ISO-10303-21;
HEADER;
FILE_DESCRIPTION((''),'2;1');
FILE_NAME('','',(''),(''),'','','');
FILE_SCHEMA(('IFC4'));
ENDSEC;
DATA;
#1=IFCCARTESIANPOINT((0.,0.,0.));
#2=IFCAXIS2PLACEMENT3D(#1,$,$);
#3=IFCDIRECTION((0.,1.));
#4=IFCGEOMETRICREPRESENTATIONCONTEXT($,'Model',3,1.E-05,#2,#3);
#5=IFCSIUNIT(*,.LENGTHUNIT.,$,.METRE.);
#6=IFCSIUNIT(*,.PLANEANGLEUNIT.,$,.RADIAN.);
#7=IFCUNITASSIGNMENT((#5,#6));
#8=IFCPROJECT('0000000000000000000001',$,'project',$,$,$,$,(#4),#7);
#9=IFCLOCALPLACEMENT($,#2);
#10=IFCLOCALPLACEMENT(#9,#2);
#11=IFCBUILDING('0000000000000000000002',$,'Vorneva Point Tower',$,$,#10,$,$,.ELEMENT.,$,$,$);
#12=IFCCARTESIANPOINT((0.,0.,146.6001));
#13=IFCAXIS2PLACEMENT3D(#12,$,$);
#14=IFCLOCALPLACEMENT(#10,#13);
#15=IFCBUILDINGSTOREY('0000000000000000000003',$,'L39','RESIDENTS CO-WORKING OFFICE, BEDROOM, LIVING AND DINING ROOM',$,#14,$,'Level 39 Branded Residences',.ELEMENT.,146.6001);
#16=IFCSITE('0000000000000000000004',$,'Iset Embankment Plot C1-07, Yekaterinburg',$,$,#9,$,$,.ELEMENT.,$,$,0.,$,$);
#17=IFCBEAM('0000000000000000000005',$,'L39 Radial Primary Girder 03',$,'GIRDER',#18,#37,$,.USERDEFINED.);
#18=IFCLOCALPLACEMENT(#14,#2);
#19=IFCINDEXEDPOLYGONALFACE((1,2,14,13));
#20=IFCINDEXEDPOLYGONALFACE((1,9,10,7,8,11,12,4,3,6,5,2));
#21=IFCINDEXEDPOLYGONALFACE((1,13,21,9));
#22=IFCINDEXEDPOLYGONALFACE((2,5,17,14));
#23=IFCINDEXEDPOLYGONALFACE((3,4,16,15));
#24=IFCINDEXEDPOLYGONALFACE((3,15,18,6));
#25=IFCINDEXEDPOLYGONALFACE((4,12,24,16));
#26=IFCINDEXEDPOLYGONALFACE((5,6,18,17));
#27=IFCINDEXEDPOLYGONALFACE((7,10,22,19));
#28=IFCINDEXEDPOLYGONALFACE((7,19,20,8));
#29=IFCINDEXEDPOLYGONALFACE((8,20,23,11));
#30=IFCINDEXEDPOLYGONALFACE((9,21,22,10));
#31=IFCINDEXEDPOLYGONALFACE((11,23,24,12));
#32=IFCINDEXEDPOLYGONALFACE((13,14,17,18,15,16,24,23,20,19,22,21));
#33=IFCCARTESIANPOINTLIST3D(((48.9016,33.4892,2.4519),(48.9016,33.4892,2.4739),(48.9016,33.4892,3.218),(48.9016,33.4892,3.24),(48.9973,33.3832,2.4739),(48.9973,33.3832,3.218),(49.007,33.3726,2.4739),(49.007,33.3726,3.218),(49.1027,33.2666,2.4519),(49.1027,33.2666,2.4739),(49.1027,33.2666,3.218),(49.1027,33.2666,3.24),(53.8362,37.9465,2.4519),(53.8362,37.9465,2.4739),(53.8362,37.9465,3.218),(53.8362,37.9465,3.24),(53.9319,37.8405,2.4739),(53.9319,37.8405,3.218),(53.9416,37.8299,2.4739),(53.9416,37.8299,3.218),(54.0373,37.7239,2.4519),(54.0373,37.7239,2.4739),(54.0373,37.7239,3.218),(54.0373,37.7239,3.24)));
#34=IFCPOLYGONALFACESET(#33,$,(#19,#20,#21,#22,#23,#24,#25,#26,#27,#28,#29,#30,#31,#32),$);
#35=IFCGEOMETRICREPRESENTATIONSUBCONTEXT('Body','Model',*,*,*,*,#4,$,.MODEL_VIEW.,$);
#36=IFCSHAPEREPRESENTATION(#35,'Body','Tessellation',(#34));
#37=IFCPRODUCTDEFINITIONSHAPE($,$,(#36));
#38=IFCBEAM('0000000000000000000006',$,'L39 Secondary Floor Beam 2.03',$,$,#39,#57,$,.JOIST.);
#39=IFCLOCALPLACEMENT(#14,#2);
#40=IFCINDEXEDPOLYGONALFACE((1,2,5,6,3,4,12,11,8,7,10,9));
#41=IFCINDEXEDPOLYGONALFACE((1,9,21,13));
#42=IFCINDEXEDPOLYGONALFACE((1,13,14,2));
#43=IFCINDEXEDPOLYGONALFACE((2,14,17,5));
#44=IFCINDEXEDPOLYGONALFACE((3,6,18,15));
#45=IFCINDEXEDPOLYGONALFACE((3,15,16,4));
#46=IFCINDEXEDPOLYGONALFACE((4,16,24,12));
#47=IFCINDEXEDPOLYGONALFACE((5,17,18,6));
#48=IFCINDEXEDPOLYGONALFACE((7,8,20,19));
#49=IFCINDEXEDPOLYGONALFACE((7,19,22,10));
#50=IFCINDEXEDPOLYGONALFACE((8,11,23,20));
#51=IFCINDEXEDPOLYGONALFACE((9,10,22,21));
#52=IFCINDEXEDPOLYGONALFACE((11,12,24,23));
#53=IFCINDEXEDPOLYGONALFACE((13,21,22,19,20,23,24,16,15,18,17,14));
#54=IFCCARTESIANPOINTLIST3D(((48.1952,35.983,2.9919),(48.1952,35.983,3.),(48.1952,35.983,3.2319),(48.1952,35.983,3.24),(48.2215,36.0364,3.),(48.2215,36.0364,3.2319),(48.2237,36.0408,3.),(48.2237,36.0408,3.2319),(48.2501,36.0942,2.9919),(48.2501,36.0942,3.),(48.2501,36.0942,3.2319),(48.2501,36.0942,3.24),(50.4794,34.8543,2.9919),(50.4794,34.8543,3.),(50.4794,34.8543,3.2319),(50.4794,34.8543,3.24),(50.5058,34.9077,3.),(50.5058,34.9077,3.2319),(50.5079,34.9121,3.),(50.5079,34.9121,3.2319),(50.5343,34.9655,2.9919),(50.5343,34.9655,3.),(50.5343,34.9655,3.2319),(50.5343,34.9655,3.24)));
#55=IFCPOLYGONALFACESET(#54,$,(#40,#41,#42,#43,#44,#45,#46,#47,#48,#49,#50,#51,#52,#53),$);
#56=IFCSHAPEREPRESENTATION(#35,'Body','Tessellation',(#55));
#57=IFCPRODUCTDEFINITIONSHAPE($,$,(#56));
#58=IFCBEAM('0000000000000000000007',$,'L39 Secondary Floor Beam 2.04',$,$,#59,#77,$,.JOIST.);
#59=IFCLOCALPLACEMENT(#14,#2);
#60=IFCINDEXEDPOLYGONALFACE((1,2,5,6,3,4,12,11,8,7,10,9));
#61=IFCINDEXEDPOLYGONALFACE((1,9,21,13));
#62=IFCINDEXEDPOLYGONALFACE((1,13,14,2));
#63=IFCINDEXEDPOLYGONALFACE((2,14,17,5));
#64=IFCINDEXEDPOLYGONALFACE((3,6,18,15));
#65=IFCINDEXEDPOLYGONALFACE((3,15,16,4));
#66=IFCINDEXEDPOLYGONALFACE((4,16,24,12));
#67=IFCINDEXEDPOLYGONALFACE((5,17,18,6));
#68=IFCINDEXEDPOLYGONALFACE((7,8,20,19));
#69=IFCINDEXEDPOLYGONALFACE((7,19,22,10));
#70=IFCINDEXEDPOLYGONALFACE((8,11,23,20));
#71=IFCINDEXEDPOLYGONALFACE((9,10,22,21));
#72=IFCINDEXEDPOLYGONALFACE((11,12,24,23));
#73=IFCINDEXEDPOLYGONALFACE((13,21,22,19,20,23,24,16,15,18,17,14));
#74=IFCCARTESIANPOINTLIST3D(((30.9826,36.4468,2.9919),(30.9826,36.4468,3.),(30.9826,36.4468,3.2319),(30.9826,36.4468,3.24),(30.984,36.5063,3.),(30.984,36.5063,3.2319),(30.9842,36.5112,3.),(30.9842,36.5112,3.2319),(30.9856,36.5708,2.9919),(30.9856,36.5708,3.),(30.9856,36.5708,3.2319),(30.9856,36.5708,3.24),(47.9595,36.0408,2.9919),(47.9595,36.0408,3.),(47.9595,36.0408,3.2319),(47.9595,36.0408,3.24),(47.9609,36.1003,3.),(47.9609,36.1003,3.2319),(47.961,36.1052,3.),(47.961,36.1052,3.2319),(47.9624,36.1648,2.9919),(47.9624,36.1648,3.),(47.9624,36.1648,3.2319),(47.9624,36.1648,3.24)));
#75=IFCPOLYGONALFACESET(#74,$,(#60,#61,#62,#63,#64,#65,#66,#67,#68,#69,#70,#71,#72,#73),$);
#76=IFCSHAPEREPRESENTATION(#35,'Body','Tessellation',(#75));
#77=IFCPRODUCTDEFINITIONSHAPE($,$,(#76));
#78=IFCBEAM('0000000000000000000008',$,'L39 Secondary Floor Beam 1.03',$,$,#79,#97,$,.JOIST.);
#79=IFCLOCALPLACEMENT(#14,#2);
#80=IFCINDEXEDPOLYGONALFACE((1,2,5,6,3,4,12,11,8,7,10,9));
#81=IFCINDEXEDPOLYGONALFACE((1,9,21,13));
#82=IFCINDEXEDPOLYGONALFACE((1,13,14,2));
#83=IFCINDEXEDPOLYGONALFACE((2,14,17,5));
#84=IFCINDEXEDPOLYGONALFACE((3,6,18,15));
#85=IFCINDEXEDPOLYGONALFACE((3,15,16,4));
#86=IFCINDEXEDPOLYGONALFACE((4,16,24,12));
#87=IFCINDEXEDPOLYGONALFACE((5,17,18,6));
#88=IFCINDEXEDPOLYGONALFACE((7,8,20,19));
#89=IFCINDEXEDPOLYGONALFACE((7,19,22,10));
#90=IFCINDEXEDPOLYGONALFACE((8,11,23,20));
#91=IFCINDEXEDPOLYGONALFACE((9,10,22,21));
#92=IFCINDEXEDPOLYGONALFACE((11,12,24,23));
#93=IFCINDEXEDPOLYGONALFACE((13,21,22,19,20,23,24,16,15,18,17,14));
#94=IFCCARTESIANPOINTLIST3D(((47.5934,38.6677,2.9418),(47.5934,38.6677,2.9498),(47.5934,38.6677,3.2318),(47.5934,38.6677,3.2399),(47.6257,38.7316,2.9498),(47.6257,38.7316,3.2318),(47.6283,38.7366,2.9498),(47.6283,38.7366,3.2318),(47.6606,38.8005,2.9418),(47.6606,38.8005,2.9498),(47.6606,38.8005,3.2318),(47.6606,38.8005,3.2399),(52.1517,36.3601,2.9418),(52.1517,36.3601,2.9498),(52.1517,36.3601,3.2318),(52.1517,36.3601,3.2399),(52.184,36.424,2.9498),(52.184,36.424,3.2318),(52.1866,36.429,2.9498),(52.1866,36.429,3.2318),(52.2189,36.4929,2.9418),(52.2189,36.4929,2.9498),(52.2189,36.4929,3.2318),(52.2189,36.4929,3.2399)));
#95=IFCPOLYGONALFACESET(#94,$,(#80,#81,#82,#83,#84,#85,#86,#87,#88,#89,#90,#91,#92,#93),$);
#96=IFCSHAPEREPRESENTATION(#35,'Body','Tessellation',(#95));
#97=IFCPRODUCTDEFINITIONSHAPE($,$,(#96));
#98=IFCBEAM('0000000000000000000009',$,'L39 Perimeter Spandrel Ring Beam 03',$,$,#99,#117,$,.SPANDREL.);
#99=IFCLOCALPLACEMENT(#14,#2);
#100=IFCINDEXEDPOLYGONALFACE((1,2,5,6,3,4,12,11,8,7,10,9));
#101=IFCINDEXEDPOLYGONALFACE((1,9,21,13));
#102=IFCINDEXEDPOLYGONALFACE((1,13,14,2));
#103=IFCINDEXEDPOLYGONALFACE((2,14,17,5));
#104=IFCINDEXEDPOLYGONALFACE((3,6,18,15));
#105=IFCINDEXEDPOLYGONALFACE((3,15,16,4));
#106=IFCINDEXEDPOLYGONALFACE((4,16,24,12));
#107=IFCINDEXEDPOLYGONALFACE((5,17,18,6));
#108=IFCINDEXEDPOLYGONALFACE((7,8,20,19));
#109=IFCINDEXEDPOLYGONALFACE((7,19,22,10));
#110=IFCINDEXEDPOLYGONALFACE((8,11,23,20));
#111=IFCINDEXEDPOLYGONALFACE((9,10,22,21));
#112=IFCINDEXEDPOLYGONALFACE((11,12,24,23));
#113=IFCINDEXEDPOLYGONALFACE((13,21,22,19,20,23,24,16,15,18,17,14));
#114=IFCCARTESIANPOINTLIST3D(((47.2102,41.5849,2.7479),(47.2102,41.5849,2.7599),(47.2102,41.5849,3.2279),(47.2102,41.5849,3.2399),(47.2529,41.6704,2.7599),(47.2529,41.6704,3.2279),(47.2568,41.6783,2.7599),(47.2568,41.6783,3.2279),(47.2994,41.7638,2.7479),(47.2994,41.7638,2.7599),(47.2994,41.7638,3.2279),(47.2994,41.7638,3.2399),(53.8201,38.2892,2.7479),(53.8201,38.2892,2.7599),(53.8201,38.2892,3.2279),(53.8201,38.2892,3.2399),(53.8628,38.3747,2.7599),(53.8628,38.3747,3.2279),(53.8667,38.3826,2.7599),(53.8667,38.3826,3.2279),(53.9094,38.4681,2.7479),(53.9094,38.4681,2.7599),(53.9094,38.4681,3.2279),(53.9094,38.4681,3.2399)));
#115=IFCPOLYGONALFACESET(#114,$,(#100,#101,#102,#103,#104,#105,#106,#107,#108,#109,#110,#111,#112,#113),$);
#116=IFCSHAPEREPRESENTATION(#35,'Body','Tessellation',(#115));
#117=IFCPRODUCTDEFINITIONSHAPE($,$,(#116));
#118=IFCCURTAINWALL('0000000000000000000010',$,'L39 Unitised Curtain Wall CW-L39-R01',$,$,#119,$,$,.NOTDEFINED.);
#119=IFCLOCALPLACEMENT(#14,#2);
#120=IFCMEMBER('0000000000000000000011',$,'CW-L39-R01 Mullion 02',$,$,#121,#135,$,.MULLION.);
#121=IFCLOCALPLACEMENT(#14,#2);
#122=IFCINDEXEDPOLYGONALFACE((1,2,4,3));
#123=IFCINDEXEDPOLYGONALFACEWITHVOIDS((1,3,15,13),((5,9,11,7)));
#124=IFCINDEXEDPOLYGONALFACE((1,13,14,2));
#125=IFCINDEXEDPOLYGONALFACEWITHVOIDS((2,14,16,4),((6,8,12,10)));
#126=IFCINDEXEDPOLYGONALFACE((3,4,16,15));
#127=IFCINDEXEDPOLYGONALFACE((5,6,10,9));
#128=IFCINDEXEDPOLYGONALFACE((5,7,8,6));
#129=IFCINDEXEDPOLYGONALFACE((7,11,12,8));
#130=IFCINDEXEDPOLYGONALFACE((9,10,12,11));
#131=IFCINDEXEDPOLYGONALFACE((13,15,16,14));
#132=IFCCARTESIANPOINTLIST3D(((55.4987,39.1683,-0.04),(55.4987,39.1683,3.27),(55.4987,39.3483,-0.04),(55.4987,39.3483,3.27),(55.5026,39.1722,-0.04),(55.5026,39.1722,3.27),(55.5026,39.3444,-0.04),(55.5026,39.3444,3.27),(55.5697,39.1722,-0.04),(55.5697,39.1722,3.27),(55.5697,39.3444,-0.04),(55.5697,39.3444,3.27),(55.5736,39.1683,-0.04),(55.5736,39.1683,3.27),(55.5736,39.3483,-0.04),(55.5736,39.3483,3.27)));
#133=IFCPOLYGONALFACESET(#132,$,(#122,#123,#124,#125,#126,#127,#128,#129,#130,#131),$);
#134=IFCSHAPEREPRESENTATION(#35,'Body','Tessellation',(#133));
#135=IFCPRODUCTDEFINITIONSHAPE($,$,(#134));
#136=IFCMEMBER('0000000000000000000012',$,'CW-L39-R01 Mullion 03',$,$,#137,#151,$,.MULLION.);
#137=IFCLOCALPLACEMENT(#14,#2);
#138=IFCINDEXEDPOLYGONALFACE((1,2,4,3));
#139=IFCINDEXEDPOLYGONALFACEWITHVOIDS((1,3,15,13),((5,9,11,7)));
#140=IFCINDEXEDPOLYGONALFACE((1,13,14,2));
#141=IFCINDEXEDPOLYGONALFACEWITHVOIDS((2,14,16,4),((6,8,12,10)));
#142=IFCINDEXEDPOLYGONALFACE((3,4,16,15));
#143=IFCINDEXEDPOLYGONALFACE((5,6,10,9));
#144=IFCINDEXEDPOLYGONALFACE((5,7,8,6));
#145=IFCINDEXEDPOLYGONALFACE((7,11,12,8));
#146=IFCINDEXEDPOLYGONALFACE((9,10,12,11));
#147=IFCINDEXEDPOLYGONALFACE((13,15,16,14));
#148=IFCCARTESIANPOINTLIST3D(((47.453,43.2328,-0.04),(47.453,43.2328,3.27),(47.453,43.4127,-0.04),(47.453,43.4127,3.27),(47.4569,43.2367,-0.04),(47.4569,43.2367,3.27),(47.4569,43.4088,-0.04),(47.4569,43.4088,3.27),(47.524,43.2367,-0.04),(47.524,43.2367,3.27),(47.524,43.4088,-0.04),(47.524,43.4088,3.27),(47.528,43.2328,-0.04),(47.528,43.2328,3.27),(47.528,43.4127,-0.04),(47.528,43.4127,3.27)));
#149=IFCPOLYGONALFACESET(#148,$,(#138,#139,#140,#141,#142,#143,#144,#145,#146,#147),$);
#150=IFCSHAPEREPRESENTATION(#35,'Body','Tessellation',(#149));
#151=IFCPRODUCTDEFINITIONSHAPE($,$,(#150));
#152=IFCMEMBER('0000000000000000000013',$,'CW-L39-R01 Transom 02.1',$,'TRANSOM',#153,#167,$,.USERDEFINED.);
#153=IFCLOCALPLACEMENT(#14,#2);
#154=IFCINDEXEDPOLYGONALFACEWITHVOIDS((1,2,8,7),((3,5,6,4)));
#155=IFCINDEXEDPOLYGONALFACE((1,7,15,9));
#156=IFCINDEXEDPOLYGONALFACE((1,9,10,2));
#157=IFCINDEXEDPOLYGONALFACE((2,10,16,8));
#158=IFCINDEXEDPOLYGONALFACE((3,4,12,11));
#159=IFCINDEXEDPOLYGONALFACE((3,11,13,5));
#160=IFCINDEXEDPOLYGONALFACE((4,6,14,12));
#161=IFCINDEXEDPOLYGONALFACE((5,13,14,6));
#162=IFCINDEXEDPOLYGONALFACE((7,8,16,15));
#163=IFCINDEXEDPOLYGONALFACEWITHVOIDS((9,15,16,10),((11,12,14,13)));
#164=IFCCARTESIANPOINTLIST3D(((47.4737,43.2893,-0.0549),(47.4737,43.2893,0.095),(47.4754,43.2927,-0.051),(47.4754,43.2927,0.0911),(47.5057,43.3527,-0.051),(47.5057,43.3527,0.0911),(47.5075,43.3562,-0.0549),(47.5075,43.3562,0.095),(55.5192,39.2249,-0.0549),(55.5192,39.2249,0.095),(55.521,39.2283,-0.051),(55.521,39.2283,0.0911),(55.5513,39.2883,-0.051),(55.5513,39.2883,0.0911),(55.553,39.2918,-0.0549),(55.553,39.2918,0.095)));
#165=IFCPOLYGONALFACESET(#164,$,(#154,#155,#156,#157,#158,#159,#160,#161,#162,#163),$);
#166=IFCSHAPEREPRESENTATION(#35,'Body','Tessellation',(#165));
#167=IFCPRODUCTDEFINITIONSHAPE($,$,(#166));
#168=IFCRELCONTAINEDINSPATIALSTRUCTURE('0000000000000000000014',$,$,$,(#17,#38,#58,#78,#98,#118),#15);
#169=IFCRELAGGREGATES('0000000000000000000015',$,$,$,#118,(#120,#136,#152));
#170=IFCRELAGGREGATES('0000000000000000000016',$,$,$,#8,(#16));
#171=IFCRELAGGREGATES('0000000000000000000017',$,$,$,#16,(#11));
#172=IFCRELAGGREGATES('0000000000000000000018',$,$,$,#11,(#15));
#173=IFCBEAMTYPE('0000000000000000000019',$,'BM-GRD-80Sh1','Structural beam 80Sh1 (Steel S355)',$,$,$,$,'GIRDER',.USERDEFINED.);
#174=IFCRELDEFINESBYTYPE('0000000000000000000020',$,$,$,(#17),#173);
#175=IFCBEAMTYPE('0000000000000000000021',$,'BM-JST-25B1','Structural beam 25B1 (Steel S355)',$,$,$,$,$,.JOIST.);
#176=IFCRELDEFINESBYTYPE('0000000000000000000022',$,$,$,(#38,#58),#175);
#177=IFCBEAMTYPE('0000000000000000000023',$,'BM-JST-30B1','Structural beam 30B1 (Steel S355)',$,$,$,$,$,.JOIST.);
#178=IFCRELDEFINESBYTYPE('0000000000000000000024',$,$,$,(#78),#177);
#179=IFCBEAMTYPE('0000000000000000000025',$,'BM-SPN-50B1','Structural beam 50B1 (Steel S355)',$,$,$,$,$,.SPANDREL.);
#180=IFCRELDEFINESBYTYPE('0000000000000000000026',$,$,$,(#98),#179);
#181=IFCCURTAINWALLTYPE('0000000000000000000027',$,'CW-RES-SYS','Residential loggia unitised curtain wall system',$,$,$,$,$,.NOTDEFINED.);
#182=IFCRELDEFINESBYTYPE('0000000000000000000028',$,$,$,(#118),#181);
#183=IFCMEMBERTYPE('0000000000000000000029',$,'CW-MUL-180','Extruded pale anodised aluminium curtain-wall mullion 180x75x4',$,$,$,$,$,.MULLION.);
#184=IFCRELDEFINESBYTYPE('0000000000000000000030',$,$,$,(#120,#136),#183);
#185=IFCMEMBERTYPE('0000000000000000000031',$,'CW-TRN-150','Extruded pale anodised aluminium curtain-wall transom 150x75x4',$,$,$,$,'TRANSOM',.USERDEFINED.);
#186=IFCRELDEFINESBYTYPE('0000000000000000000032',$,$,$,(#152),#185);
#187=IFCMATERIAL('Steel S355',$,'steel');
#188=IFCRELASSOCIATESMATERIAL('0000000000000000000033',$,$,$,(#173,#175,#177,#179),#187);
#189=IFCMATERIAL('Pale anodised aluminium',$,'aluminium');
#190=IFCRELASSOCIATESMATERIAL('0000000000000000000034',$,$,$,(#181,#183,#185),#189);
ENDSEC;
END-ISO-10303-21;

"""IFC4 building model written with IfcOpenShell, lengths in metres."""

from ifc_helpers import new_model, si_unit, direction, frame, origin, origin_2d, place, context, subcontext, project, spatial, hollow_rectangle, i_section, extrude, material, material_profile, profile_set, type_object, element, aggregate, save


model = new_model("IFC4")

# Units and contexts
model_context = context("Model", 3, precision=1e-05, world=origin(), true_north=direction((0.0, 1.0)))
body_context = subcontext(model_context, "Body", "Model", "MODEL_VIEW")
ifc_project = project(units=[si_unit("LENGTHUNIT", "METRE"), si_unit("PLANEANGLEUNIT", "RADIAN")], contexts=[model_context])

# Site, building, storey
site_placement = place(None, origin())
site = spatial("IfcSite", under=ifc_project, at=site_placement, Name="Iset Embankment Plot C1-07, Yekaterinburg", CompositionType="ELEMENT", RefElevation=0.0)
building_placement = place(site_placement, origin())
building = spatial("IfcBuilding", under=site, at=building_placement, Name="Vorneva Point Tower", CompositionType="ELEMENT")
storey_placement = place(building_placement, frame((0.0, 0.0, 146.6001)))
storey = spatial("IfcBuildingStorey", under=building, at=storey_placement, Name="L39", Description="RESIDENTS CO-WORKING OFFICE, BEDROOM, LIVING AND DINING ROOM", LongName="Level 39 Branded Residences", CompositionType="ELEMENT", Elevation=146.6001)

# Beams
ifc_material_1 = material(Name="Steel S355", Category="steel")
ifc_material_profile_1 = material_profile(ifc_material_1, i_section(OverallWidth=0.3, OverallDepth=0.7881, WebThickness=0.0144, FlangeThickness=0.022, at=origin_2d()), Name="80Sh1")
ifc_profile_set_1 = profile_set([ifc_material_profile_1], Name="Steel S355")
beam_type_1 = type_object("IfcBeamType", Name="BM-GRD-80Sh1", Description="Structural beam 80Sh1 (Steel S355)", ElementType="GIRDER", PredefinedType="USERDEFINED", material=ifc_profile_set_1)
beam_1_placement = place(storey_placement, frame((53.9368, 37.8352, 2.8459), z_axis=(-0.742084, -0.670306, 0.0), x_axis=(0.670306, -0.742084, 0.0)))
element("IfcBeam", 1, at=beam_1_placement, inside=storey, type_object=beam_type_1, Name="L39 Radial Primary Girder 03", ObjectType="GIRDER", PredefinedType="USERDEFINED", context=body_context, shape_type="SweptSolid", body=[
    extrude(i_section(OverallWidth=0.3, OverallDepth=0.7881, WebThickness=0.0144, FlangeThickness=0.022, at=origin_2d()), origin(), (0.0, 0.0, 1.0), 6.6497),
])
ifc_material_profile_2 = material_profile(ifc_material_1, i_section(OverallWidth=0.124, OverallDepth=0.248, WebThickness=0.0049, FlangeThickness=0.0081, at=origin_2d()), Name="25B1")
ifc_profile_set_2 = profile_set([ifc_material_profile_2], Name="Steel S355")
beam_type_2 = type_object("IfcBeamType", Name="BM-JST-25B1", Description="Structural beam 25B1 (Steel S355)", PredefinedType="JOIST", material=ifc_profile_set_2)
beam_2_placement = place(storey_placement, frame((50.5068, 34.9099, 3.116), z_axis=(-0.896525, 0.442992, 0.0), x_axis=(-0.442992, -0.896525, 0.0)))
element("IfcBeam", 2, at=beam_2_placement, inside=storey, type_object=beam_type_2, Name="L39 Secondary Floor Beam 2.03", PredefinedType="JOIST", context=body_context, shape_type="SweptSolid", body=[
    extrude(i_section(OverallWidth=0.124, OverallDepth=0.248, WebThickness=0.0049, FlangeThickness=0.0081, at=origin_2d()), origin(), (0.0, 0.0, 1.0), 2.5479),
])
beam_3_placement = place(storey_placement, frame((47.9609, 36.1028, 3.116), z_axis=(-0.999714, 0.023908, 0.0), x_axis=(-0.023908, -0.999714, 0.0)))
element("IfcBeam", 3, at=beam_3_placement, inside=storey, type_object=beam_type_2, Name="L39 Secondary Floor Beam 2.04", PredefinedType="JOIST", context=body_context, shape_type="SweptSolid", body=[
    extrude(i_section(OverallWidth=0.124, OverallDepth=0.248, WebThickness=0.0049, FlangeThickness=0.0081, at=origin_2d()), origin(), (0.0, 0.0, 1.0), 16.9817),
])
ifc_material_profile_3 = material_profile(ifc_material_1, i_section(OverallWidth=0.1489, OverallDepth=0.2981, WebThickness=0.0056, FlangeThickness=0.0081, at=origin_2d()), Name="30B1")
ifc_profile_set_3 = profile_set([ifc_material_profile_3], Name="Steel S355")
beam_type_3 = type_object("IfcBeamType", Name="BM-JST-30B1", Description="Structural beam 30B1 (Steel S355)", PredefinedType="JOIST", material=ifc_profile_set_3)
beam_4_placement = place(storey_placement, frame((52.1853, 36.4265, 3.0908), z_axis=(-0.892189, 0.451662, 0.0), x_axis=(-0.451662, -0.892189, 0.0)))
element("IfcBeam", 4, at=beam_4_placement, inside=storey, type_object=beam_type_3, Name="L39 Secondary Floor Beam 1.03", PredefinedType="JOIST", context=body_context, shape_type="SweptSolid", body=[
    extrude(i_section(OverallWidth=0.1489, OverallDepth=0.2981, WebThickness=0.0056, FlangeThickness=0.0081, at=origin_2d()), origin(), (0.0, 0.0, 1.0), 5.1091),
])
ifc_material_profile_4 = material_profile(ifc_material_1, i_section(OverallWidth=0.2, OverallDepth=0.4919, WebThickness=0.0088, FlangeThickness=0.012, at=origin_2d()), Name="50B1")
ifc_profile_set_4 = profile_set([ifc_material_profile_4], Name="Steel S355")
beam_type_4 = type_object("IfcBeamType", Name="BM-SPN-50B1", Description="Structural beam 50B1 (Steel S355)", PredefinedType="SPANDREL", material=ifc_profile_set_4)
beam_5_placement = place(storey_placement, frame((53.8647, 38.3787, 2.9939), z_axis=(-0.894929, 0.446208, 0.0), x_axis=(-0.446208, -0.894929, 0.0)))
element("IfcBeam", 5, at=beam_5_placement, inside=storey, type_object=beam_type_4, Name="L39 Perimeter Spandrel Ring Beam 03", PredefinedType="SPANDREL", context=body_context, shape_type="SweptSolid", body=[
    extrude(i_section(OverallWidth=0.2, OverallDepth=0.4919, WebThickness=0.0088, FlangeThickness=0.012, at=origin_2d()), origin(), (0.0, 0.0, 1.0), 7.386),
])

# Curtain wall, members
ifc_material_2 = material(Name="Pale anodised aluminium", Category="aluminium")
curtain_wall_type = type_object("IfcCurtainWallType", Name="CW-RES-SYS", Description="Residential loggia unitised curtain wall system", PredefinedType="NOTDEFINED", material=ifc_material_2)
curtain_wall_placement = place(storey_placement, origin())
curtain_wall = element("IfcCurtainWall", 6, at=curtain_wall_placement, inside=storey, type_object=curtain_wall_type, Name="L39 Unitised Curtain Wall CW-L39-R01", PredefinedType="NOTDEFINED")
ifc_material_profile_5 = material_profile(ifc_material_2, hollow_rectangle(XDim=0.075, YDim=0.1799, WallThickness=0.0039, at=origin_2d()), Name="AL-MUL 180x75x4")
ifc_profile_set_5 = profile_set([ifc_material_profile_5], Name="Pale anodised aluminium")
member_type_1 = type_object("IfcMemberType", Name="CW-MUL-180", Description="Extruded pale anodised aluminium curtain-wall mullion 180x75x4", PredefinedType="MULLION", material=ifc_profile_set_5)
member_1_placement = place(storey_placement, frame((55.5361, 39.2583, -0.04), z_axis=(0.0, 0.0, 1.0), x_axis=(1.0, 0.0, 0.0)))
member_1 = element("IfcMember", 7, at=member_1_placement, type_object=member_type_1, Name="CW-L39-R01 Mullion 02", PredefinedType="MULLION", context=body_context, shape_type="SweptSolid", body=[
    extrude(hollow_rectangle(XDim=0.075, YDim=0.1799, WallThickness=0.0039, at=origin_2d()), origin(), (0.0, 0.0, 1.0), 3.3101),
])
member_2_placement = place(storey_placement, frame((47.4905, 43.3228, -0.04), z_axis=(0.0, 0.0, 1.0), x_axis=(1.0, 0.0, 0.0)))
member_2 = element("IfcMember", 8, at=member_2_placement, type_object=member_type_1, Name="CW-L39-R01 Mullion 03", PredefinedType="MULLION", context=body_context, shape_type="SweptSolid", body=[
    extrude(hollow_rectangle(XDim=0.075, YDim=0.1799, WallThickness=0.0039, at=origin_2d()), origin(), (0.0, 0.0, 1.0), 3.3101),
])
ifc_material_profile_6 = material_profile(ifc_material_2, hollow_rectangle(XDim=0.075, YDim=0.1499, WallThickness=0.0039, at=origin_2d()), Name="AL-TRN 150x75x4")
ifc_profile_set_6 = profile_set([ifc_material_profile_6], Name="Pale anodised aluminium")
member_type_2 = type_object("IfcMemberType", Name="CW-TRN-150", Description="Extruded pale anodised aluminium curtain-wall transom 150x75x4", ElementType="TRANSOM", PredefinedType="USERDEFINED", material=ifc_profile_set_6)
member_3_placement = place(storey_placement, frame((55.5361, 39.2583, 0.02), z_axis=(-0.892572, 0.450904, 0.0), x_axis=(-0.450904, -0.892572, 0.0)))
member_3 = element("IfcMember", 9, at=member_3_placement, type_object=member_type_2, Name="CW-L39-R01 Transom 02.1", ObjectType="TRANSOM", PredefinedType="USERDEFINED", context=body_context, shape_type="SweptSolid", body=[
    extrude(hollow_rectangle(XDim=0.075, YDim=0.1499, WallThickness=0.0039, at=origin_2d()), origin(), (0.0, 0.0, 1.0), 9.0139),
])
aggregate(curtain_wall, [member_1, member_2, member_3])

save(model, "model.ifc")
